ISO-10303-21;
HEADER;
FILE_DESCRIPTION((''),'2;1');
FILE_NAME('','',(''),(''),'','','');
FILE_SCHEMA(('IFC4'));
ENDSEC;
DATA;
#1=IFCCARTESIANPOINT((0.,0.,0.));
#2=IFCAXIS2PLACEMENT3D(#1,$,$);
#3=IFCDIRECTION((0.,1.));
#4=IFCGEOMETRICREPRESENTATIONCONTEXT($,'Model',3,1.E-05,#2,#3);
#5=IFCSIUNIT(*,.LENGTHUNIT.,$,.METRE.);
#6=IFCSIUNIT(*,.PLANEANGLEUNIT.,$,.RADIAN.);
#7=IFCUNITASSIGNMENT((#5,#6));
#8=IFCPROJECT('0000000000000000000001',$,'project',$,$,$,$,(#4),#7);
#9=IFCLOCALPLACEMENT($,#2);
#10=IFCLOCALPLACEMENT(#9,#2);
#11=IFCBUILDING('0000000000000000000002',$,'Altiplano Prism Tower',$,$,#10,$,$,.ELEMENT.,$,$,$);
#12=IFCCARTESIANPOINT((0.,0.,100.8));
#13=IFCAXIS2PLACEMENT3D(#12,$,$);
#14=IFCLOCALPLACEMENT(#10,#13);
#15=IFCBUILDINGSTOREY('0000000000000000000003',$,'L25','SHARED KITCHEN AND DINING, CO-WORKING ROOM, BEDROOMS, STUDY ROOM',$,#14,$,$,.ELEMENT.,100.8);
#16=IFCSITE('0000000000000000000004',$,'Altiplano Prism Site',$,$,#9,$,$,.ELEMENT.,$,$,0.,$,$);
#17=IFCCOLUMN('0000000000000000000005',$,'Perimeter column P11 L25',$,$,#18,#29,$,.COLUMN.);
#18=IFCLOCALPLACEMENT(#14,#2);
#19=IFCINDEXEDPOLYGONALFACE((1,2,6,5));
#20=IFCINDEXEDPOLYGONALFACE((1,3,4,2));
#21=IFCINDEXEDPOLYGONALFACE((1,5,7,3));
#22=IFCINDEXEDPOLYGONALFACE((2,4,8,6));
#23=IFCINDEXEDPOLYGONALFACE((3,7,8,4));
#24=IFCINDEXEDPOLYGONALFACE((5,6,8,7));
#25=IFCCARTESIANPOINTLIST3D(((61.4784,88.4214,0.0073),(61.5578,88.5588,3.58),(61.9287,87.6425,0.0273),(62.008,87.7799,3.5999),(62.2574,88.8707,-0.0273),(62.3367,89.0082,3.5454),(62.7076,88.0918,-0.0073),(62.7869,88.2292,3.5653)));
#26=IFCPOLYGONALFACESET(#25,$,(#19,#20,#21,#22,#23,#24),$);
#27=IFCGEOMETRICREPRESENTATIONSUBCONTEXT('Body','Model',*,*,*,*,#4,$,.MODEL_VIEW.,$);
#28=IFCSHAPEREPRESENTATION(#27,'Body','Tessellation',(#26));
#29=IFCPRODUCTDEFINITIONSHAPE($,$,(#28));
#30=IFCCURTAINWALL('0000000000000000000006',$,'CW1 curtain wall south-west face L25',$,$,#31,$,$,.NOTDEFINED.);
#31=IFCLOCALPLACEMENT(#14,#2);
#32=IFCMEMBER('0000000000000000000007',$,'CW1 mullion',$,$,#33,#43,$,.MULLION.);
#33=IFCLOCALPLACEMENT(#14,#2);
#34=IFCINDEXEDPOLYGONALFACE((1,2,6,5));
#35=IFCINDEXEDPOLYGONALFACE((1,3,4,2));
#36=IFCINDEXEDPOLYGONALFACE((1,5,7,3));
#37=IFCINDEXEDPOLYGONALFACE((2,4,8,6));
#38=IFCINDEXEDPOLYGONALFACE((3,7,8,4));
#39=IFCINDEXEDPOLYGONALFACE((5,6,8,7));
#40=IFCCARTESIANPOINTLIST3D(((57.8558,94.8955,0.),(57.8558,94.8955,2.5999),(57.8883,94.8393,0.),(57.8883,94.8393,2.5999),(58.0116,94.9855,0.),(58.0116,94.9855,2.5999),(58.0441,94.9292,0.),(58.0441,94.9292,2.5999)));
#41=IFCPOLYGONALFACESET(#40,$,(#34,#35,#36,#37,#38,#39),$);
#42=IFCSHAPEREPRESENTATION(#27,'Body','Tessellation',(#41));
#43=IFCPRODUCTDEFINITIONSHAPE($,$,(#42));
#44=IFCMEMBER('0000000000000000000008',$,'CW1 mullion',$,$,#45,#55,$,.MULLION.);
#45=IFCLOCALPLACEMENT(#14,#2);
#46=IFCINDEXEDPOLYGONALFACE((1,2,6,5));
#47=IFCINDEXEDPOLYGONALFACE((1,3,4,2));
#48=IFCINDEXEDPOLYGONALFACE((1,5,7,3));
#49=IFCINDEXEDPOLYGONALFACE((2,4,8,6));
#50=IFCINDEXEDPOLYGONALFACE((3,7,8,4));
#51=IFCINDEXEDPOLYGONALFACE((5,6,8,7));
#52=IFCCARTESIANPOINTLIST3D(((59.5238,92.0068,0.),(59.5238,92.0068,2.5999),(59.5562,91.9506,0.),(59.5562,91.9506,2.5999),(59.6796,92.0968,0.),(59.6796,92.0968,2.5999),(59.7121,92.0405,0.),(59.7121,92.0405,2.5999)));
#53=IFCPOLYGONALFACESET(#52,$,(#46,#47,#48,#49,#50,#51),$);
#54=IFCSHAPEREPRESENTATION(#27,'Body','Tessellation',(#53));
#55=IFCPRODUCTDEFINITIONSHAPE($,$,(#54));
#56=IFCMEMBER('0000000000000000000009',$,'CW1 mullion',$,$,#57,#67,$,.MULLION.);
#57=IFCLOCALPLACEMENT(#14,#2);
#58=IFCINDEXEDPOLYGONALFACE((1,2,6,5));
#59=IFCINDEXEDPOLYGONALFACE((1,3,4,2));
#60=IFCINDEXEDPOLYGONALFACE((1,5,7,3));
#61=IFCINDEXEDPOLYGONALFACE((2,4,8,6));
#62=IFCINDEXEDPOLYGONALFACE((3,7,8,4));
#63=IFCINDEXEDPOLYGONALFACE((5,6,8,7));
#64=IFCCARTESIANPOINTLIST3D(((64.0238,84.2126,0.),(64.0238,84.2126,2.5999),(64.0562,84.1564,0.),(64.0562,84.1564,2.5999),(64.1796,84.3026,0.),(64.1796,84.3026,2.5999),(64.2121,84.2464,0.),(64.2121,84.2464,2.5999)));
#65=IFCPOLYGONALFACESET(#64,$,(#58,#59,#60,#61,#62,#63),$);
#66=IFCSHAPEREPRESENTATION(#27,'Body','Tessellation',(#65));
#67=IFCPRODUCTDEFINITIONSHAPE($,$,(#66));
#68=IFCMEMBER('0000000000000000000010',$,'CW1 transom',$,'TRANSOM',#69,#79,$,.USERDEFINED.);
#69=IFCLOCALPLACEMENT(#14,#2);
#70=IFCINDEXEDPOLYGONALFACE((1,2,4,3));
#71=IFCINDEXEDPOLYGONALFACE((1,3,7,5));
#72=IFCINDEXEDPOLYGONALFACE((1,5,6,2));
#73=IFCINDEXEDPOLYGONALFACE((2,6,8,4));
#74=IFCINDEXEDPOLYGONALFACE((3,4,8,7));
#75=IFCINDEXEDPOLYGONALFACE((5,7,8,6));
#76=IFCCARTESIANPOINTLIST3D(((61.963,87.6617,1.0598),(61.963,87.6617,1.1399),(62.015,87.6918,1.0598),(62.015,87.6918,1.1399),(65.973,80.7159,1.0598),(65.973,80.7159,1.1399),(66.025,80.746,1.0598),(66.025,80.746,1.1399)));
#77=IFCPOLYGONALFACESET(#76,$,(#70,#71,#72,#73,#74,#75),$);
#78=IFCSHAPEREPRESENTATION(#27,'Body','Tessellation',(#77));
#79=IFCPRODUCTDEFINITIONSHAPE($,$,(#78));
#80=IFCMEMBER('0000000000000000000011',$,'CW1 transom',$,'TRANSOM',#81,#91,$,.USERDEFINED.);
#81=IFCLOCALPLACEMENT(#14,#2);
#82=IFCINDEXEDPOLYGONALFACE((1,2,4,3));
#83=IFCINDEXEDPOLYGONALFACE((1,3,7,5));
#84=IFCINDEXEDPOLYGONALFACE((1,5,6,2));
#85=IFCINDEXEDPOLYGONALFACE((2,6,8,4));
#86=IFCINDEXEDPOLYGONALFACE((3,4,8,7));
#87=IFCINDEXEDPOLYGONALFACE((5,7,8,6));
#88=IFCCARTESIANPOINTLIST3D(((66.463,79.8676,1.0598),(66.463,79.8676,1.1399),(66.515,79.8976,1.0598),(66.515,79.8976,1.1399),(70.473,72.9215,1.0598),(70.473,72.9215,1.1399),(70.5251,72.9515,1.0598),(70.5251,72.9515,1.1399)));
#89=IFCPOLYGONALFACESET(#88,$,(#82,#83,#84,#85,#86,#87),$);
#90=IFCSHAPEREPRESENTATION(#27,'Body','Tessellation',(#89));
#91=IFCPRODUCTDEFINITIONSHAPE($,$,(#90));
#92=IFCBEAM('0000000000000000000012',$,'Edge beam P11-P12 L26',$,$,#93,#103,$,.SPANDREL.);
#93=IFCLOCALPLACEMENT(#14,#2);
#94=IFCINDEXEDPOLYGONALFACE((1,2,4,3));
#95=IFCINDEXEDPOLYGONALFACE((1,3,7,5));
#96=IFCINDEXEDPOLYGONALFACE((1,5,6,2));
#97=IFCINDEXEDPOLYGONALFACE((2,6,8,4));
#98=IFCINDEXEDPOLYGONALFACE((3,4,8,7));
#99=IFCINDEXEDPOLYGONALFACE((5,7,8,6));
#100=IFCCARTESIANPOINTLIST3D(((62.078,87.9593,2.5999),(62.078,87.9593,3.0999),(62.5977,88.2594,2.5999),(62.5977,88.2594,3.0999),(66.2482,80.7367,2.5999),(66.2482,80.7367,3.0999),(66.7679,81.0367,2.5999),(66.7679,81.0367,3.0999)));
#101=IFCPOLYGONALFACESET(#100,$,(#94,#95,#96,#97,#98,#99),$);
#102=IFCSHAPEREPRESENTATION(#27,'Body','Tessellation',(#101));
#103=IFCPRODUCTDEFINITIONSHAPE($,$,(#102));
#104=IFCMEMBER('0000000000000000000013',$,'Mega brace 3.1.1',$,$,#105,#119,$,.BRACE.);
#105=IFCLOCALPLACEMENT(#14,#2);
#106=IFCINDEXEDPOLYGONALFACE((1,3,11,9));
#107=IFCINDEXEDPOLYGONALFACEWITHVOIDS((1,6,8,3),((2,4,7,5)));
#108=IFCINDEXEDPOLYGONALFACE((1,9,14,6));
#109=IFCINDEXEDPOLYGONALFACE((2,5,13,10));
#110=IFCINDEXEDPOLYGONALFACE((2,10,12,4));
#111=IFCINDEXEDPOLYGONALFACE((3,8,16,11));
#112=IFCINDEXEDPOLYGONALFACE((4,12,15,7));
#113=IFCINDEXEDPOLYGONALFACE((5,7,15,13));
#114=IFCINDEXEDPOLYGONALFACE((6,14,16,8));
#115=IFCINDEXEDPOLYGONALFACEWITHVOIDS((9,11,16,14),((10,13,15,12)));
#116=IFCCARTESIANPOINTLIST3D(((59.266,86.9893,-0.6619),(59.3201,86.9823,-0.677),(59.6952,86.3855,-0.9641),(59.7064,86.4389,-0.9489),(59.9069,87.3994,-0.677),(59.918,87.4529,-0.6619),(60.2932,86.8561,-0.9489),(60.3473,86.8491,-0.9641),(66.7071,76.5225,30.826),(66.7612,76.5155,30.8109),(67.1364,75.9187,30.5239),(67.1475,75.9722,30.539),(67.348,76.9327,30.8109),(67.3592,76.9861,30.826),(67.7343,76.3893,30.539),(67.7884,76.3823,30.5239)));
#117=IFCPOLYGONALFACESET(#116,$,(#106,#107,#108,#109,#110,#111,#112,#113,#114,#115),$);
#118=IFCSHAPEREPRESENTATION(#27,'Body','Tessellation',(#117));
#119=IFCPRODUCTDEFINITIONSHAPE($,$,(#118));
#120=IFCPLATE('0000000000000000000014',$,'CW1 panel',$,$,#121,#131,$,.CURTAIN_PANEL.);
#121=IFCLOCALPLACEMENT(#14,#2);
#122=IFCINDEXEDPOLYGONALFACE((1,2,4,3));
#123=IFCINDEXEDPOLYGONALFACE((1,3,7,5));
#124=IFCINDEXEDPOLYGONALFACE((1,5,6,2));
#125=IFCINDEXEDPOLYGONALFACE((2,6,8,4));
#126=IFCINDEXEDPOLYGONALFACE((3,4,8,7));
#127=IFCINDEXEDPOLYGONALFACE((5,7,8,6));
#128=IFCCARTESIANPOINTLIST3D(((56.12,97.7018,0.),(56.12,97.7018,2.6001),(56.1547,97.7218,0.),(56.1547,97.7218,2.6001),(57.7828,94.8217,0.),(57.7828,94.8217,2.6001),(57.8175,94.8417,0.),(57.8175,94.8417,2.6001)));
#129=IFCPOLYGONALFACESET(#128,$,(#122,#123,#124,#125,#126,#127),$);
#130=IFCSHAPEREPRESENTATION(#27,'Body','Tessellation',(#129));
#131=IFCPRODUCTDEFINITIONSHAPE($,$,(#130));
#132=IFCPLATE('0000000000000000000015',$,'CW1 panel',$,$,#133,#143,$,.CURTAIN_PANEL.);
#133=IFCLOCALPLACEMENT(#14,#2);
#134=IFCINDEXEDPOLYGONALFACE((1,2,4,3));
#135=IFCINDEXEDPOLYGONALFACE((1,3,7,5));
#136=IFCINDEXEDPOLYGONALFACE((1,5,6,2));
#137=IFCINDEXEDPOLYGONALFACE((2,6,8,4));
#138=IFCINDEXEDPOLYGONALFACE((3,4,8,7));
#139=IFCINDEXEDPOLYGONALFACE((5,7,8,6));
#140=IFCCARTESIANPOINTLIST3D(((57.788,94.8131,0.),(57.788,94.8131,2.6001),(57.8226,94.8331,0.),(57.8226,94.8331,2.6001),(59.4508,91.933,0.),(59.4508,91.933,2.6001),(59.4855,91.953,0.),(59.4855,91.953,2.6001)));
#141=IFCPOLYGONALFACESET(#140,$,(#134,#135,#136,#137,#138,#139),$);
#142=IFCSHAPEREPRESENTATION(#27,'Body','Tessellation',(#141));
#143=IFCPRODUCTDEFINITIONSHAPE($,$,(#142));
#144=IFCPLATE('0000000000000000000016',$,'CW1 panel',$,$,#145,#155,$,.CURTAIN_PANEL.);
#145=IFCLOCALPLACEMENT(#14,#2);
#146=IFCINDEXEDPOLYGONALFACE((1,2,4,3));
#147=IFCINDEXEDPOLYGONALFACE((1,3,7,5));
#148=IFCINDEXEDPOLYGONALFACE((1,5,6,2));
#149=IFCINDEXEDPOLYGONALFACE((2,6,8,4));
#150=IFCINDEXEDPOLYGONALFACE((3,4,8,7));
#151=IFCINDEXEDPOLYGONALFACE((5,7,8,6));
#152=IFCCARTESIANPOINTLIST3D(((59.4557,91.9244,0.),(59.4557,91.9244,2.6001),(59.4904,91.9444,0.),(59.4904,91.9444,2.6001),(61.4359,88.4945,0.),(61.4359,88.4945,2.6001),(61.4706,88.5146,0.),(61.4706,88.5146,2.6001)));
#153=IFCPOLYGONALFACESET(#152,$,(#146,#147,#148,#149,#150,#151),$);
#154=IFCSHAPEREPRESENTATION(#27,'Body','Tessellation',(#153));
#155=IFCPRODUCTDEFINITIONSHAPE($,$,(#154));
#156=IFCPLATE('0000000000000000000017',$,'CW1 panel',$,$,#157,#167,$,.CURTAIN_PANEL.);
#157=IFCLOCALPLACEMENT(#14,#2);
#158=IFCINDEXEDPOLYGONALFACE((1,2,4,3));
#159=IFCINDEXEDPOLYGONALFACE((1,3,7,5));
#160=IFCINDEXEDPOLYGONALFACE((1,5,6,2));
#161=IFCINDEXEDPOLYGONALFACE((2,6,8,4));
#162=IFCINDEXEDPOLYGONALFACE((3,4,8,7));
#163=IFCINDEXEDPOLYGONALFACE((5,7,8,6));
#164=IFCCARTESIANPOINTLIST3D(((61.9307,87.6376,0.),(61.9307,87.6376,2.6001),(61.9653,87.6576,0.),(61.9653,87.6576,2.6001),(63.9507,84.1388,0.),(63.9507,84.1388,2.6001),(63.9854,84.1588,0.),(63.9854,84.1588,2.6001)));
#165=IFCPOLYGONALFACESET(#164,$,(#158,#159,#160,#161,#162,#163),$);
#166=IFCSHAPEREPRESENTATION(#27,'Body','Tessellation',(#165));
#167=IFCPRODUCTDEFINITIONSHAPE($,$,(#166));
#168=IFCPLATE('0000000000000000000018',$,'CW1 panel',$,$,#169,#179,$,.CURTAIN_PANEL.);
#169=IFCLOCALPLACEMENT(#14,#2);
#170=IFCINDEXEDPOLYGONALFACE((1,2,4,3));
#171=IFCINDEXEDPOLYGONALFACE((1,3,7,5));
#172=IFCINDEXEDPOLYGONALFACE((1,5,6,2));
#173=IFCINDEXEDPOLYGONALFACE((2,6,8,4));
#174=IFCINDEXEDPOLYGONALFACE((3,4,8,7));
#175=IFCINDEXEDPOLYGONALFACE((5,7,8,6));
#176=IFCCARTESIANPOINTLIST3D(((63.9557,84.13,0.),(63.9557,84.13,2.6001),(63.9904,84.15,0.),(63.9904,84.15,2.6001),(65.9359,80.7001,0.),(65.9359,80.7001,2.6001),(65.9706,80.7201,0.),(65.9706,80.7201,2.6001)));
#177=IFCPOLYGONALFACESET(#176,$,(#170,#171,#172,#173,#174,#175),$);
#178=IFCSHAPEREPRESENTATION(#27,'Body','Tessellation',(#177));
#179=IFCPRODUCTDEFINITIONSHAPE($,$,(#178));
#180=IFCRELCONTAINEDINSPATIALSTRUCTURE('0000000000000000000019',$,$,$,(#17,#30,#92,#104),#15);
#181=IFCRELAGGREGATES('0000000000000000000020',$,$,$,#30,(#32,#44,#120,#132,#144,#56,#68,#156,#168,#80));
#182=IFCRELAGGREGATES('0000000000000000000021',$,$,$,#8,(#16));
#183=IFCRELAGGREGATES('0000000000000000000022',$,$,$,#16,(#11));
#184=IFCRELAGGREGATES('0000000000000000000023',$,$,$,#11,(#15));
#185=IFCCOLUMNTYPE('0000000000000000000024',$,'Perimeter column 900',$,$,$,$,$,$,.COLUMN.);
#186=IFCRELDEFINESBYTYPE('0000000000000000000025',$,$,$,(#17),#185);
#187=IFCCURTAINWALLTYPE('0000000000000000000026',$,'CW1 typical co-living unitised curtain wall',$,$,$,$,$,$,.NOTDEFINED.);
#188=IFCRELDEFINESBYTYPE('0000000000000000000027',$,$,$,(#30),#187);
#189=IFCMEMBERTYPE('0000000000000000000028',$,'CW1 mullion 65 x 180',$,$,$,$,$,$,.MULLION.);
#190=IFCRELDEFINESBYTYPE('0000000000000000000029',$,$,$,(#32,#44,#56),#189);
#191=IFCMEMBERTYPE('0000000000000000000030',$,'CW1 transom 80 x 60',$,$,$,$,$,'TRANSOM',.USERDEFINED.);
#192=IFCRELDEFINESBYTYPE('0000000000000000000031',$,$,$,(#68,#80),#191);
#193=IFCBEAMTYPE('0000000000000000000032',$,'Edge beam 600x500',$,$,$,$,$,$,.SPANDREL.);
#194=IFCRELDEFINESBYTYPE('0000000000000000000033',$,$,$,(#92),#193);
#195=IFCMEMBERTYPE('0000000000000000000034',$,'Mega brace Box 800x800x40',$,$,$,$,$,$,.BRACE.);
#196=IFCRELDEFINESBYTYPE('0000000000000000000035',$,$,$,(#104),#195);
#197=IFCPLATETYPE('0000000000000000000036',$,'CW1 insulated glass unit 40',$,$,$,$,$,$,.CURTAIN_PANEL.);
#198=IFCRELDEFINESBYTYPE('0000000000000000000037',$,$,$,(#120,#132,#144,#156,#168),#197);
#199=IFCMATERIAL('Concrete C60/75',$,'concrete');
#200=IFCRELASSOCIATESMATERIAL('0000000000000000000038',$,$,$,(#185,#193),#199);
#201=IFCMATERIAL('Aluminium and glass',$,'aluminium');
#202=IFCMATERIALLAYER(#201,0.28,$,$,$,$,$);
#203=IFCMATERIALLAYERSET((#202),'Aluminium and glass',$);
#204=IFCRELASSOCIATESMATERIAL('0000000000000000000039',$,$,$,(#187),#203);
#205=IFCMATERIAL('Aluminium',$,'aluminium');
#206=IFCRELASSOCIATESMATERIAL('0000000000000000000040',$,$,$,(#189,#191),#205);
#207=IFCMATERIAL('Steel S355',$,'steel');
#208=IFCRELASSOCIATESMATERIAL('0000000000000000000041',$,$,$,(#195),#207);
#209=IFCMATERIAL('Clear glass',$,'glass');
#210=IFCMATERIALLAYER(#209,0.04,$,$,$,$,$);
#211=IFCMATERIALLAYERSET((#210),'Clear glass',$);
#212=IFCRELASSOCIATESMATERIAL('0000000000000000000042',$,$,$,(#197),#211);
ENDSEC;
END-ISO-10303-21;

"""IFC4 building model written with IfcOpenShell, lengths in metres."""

from ifc_helpers import new_model, si_unit, direction, frame, origin, origin_2d, place, context, subcontext, project, spatial, rectangle, hollow_rectangle, extrude, material, layer, layer_set, material_profile, profile_set, type_object, element, aggregate, save


model = new_model("IFC4")

# Units and contexts
model_context = context("Model", 3, precision=1e-05, world=origin(), true_north=direction((0.0, 1.0)))
body_context = subcontext(model_context, "Body", "Model", "MODEL_VIEW")
ifc_project = project(units=[si_unit("LENGTHUNIT", "METRE"), si_unit("PLANEANGLEUNIT", "RADIAN")], contexts=[model_context])

# Site, building, storey
site_placement = place(None, origin())
site = spatial("IfcSite", under=ifc_project, at=site_placement, Name="Altiplano Prism Site", CompositionType="ELEMENT", RefElevation=0.0)
building_placement = place(site_placement, origin())
building = spatial("IfcBuilding", under=site, at=building_placement, Name="Altiplano Prism Tower", CompositionType="ELEMENT")
storey_placement = place(building_placement, frame((0.0, 0.0, 100.8)))
storey = spatial("IfcBuildingStorey", under=building, at=storey_placement, Name="L25", Description="SHARED KITCHEN AND DINING, CO-WORKING ROOM, BEDROOMS, STUDY ROOM", CompositionType="ELEMENT", Elevation=100.8)

# Column
ifc_material_1 = material(Name="Concrete C60/75", Category="concrete")
ifc_material_profile_1 = material_profile(ifc_material_1, rectangle(XDim=0.8999, YDim=0.8999, at=origin_2d()), Name="Perimeter column 900")
ifc_profile_set_1 = profile_set([ifc_material_profile_1], Name="Concrete C60/75")
column_type = type_object("IfcColumnType", Name="Perimeter column 900", PredefinedType="COLUMN", material=ifc_profile_set_1)
column_placement = place(storey_placement, frame((62.093, 88.2566, 0.0), z_axis=(0.022187, 0.038434, 0.999015), x_axis=(-0.865568, -0.499314, 0.038433)))
element("IfcColumn", 1, at=column_placement, inside=storey, type_object=column_type, Name="Perimeter column P11 L25", PredefinedType="COLUMN", context=body_context, shape_type="SweptSolid", body=[
    extrude(rectangle(XDim=0.8999, YDim=0.8999, at=origin_2d()), origin(), (0.0, 0.0, 1.0), 3.5762),
])

# Curtain wall, members
ifc_material_2 = material(Name="Aluminium and glass", Category="aluminium")
ifc_layer_1 = layer(ifc_material_2, 0.28)
ifc_layer_set_1 = layer_set([ifc_layer_1], Name="Aluminium and glass")
curtain_wall_type = type_object("IfcCurtainWallType", Name="CW1 typical co-living unitised curtain wall", PredefinedType="NOTDEFINED", material=ifc_layer_set_1)
curtain_wall_placement = place(storey_placement, origin())
curtain_wall = element("IfcCurtainWall", 2, at=curtain_wall_placement, inside=storey, type_object=curtain_wall_type, Name="CW1 curtain wall south-west face L25", PredefinedType="NOTDEFINED")
ifc_material_3 = material(Name="Aluminium", Category="aluminium")
ifc_material_profile_2 = material_profile(ifc_material_3, rectangle(XDim=0.1799, YDim=0.0649, at=origin_2d()), Name="CW1 mullion 65 x 180")
ifc_profile_set_2 = profile_set([ifc_material_profile_2], Name="Aluminium")
member_type_1 = type_object("IfcMemberType", Name="CW1 mullion 65 x 180", PredefinedType="MULLION", material=ifc_profile_set_2)
member_1_placement = place(storey_placement, frame((57.95, 94.9124, 0.0), z_axis=(0.0, 0.0, 1.0), x_axis=(0.866025, 0.5, 0.0)))
member_1 = element("IfcMember", 3, at=member_1_placement, type_object=member_type_1, Name="CW1 mullion", PredefinedType="MULLION", context=body_context, shape_type="SweptSolid", body=[
    extrude(rectangle(XDim=0.1799, YDim=0.0649, at=origin_2d()), origin(), (0.0, 0.0, 1.0), 2.5999),
])
member_2_placement = place(storey_placement, frame((59.6179, 92.0237, 0.0), z_axis=(0.0, 0.0, 1.0), x_axis=(0.866025, 0.5, 0.0)))
member_2 = element("IfcMember", 4, at=member_2_placement, type_object=member_type_1, Name="CW1 mullion", PredefinedType="MULLION", context=body_context, shape_type="SweptSolid", body=[
    extrude(rectangle(XDim=0.1799, YDim=0.0649, at=origin_2d()), origin(), (0.0, 0.0, 1.0), 2.5999),
])
member_3_placement = place(storey_placement, frame((64.1179, 84.2295, 0.0), z_axis=(0.0, 0.0, 1.0), x_axis=(0.866025, 0.5, 0.0)))
member_3 = element("IfcMember", 5, at=member_3_placement, type_object=member_type_1, Name="CW1 mullion", PredefinedType="MULLION", context=body_context, shape_type="SweptSolid", body=[
    extrude(rectangle(XDim=0.1799, YDim=0.0649, at=origin_2d()), origin(), (0.0, 0.0, 1.0), 2.5999),
])
ifc_material_profile_3 = material_profile(ifc_material_3, rectangle(XDim=0.0601, YDim=0.0801, at=origin_2d()), Name="CW1 transom 80 x 60")
ifc_profile_set_3 = profile_set([ifc_material_profile_3], Name="Aluminium")
member_type_2 = type_object("IfcMemberType", Name="CW1 transom 80 x 60", ElementType="TRANSOM", PredefinedType="USERDEFINED", material=ifc_profile_set_3)
member_4_placement = place(storey_placement, frame((61.989, 87.6768, 1.0999), z_axis=(0.499986, -0.866034, 0.0), x_axis=(0.866034, 0.499986, 0.0)))
member_4 = element("IfcMember", 6, at=member_4_placement, type_object=member_type_2, Name="CW1 transom", ObjectType="TRANSOM", PredefinedType="USERDEFINED", context=body_context, shape_type="SweptSolid", body=[
    extrude(rectangle(XDim=0.0601, YDim=0.0801, at=origin_2d()), origin(), (0.0, 0.0, 1.0), 8.0203),
])
member_5_placement = place(storey_placement, frame((66.489, 79.8826, 1.0999), z_axis=(0.499973, -0.866041, 0.0), x_axis=(0.866041, 0.499973, 0.0)))
member_5 = element("IfcMember", 7, at=member_5_placement, type_object=member_type_2, Name="CW1 transom", ObjectType="TRANSOM", PredefinedType="USERDEFINED", context=body_context, shape_type="SweptSolid", body=[
    extrude(rectangle(XDim=0.0601, YDim=0.0801, at=origin_2d()), origin(), (0.0, 0.0, 1.0), 8.0205),
])

# Beam
ifc_material_profile_4 = material_profile(ifc_material_1, rectangle(XDim=0.6001, YDim=0.5, at=origin_2d()), Name="Edge beam 600x500")
ifc_profile_set_4 = profile_set([ifc_material_profile_4], Name="Concrete C60/75")
beam_type = type_object("IfcBeamType", Name="Edge beam 600x500", PredefinedType="SPANDREL", material=ifc_profile_set_4)
beam_placement = place(storey_placement, frame((62.3379, 88.1094, 2.8499), z_axis=(0.500015, -0.866017, 0.0), x_axis=(0.866017, 0.500015, 0.0)))
element("IfcBeam", 8, at=beam_placement, inside=storey, type_object=beam_type, Name="Edge beam P11-P12 L26", PredefinedType="SPANDREL", context=body_context, shape_type="SweptSolid", body=[
    extrude(rectangle(XDim=0.6001, YDim=0.5, at=origin_2d()), origin(), (0.0, 0.0, 1.0), 8.3401),
])

# Member
ifc_material_4 = material(Name="Steel S355", Category="steel")
ifc_material_profile_5 = material_profile(ifc_material_4, hollow_rectangle(XDim=0.8, YDim=0.8, WallThickness=0.04, at=origin_2d()), Name="Mega brace Box 800x800x40")
ifc_profile_set_5 = profile_set([ifc_material_profile_5], Name="Steel S355")
member_type_3 = type_object("IfcMemberType", Name="Mega brace Box 800x800x40", PredefinedType="BRACE", material=ifc_profile_set_5)
member_6_placement = place(storey_placement, frame((59.8066, 86.9192, -0.813), z_axis=(0.218818, -0.307791, 0.92595), x_axis=(0.815025, 0.579426, 0.0)))
element("IfcMember", 9, at=member_6_placement, inside=storey, type_object=member_type_3, Name="Mega brace 3.1.1", PredefinedType="BRACE", context=body_context, shape_type="SweptSolid", body=[
    extrude(hollow_rectangle(XDim=0.8, YDim=0.8, WallThickness=0.04, at=origin_2d()), origin(), (0.0, 0.0, 1.0), 34.0061),
])

# Plates
ifc_material_5 = material(Name="Clear glass", Category="glass")
ifc_layer_2 = layer(ifc_material_5, 0.04)
ifc_layer_set_2 = layer_set([ifc_layer_2], Name="Clear glass")
plate_type = type_object("IfcPlateType", Name="CW1 insulated glass unit 40", PredefinedType="CURTAIN_PANEL", material=ifc_layer_set_2)
plate_1_placement = place(storey_placement, frame((56.9688, 96.2717, 0.0), z_axis=(0.0, 0.0, 1.0), x_axis=(0.5, -0.866025, 0.0)))
plate_1 = element("IfcPlate", 10, at=plate_1_placement, type_object=plate_type, Name="CW1 panel", PredefinedType="CURTAIN_PANEL", context=body_context, shape_type="SweptSolid", body=[
    extrude(rectangle(XDim=3.3257, YDim=0.04, at=origin_2d()), origin(), (0.0, 0.0, 1.0), 2.6001),
])
plate_2_placement = place(storey_placement, frame((58.6367, 93.3831, 0.0), z_axis=(0.0, 0.0, 1.0), x_axis=(0.5, -0.866025, 0.0)))
plate_2 = element("IfcPlate", 11, at=plate_2_placement, type_object=plate_type, Name="CW1 panel", PredefinedType="CURTAIN_PANEL", context=body_context, shape_type="SweptSolid", body=[
    extrude(rectangle(XDim=3.3257, YDim=0.04, at=origin_2d()), origin(), (0.0, 0.0, 1.0), 2.6001),
])
plate_3_placement = place(storey_placement, frame((60.4631, 90.2195, 0.0), z_axis=(0.0, 0.0, 1.0), x_axis=(0.5, -0.866025, 0.0)))
plate_3 = element("IfcPlate", 12, at=plate_3_placement, type_object=plate_type, Name="CW1 panel", PredefinedType="CURTAIN_PANEL", context=body_context, shape_type="SweptSolid", body=[
    extrude(rectangle(XDim=3.9604, YDim=0.04, at=origin_2d()), origin(), (0.0, 0.0, 1.0), 2.6001),
])
plate_4_placement = place(storey_placement, frame((62.958, 85.8982, 0.0), z_axis=(0.0, 0.0, 1.0), x_axis=(0.5, -0.866025, 0.0)))
plate_4 = element("IfcPlate", 13, at=plate_4_placement, type_object=plate_type, Name="CW1 panel", PredefinedType="CURTAIN_PANEL", context=body_context, shape_type="SweptSolid", body=[
    extrude(rectangle(XDim=4.04, YDim=0.04, at=origin_2d()), origin(), (0.0, 0.0, 1.0), 2.6001),
])
plate_5_placement = place(storey_placement, frame((64.9631, 82.425, 0.0), z_axis=(0.0, 0.0, 1.0), x_axis=(0.5, -0.866025, 0.0)))
plate_5 = element("IfcPlate", 14, at=plate_5_placement, type_object=plate_type, Name="CW1 panel", PredefinedType="CURTAIN_PANEL", context=body_context, shape_type="SweptSolid", body=[
    extrude(rectangle(XDim=3.9604, YDim=0.04, at=origin_2d()), origin(), (0.0, 0.0, 1.0), 2.6001),
])
aggregate(curtain_wall, [member_1, member_2, plate_1, plate_2, plate_3, member_3, member_4, plate_4, plate_5, member_5])

save(model, "model.ifc")
